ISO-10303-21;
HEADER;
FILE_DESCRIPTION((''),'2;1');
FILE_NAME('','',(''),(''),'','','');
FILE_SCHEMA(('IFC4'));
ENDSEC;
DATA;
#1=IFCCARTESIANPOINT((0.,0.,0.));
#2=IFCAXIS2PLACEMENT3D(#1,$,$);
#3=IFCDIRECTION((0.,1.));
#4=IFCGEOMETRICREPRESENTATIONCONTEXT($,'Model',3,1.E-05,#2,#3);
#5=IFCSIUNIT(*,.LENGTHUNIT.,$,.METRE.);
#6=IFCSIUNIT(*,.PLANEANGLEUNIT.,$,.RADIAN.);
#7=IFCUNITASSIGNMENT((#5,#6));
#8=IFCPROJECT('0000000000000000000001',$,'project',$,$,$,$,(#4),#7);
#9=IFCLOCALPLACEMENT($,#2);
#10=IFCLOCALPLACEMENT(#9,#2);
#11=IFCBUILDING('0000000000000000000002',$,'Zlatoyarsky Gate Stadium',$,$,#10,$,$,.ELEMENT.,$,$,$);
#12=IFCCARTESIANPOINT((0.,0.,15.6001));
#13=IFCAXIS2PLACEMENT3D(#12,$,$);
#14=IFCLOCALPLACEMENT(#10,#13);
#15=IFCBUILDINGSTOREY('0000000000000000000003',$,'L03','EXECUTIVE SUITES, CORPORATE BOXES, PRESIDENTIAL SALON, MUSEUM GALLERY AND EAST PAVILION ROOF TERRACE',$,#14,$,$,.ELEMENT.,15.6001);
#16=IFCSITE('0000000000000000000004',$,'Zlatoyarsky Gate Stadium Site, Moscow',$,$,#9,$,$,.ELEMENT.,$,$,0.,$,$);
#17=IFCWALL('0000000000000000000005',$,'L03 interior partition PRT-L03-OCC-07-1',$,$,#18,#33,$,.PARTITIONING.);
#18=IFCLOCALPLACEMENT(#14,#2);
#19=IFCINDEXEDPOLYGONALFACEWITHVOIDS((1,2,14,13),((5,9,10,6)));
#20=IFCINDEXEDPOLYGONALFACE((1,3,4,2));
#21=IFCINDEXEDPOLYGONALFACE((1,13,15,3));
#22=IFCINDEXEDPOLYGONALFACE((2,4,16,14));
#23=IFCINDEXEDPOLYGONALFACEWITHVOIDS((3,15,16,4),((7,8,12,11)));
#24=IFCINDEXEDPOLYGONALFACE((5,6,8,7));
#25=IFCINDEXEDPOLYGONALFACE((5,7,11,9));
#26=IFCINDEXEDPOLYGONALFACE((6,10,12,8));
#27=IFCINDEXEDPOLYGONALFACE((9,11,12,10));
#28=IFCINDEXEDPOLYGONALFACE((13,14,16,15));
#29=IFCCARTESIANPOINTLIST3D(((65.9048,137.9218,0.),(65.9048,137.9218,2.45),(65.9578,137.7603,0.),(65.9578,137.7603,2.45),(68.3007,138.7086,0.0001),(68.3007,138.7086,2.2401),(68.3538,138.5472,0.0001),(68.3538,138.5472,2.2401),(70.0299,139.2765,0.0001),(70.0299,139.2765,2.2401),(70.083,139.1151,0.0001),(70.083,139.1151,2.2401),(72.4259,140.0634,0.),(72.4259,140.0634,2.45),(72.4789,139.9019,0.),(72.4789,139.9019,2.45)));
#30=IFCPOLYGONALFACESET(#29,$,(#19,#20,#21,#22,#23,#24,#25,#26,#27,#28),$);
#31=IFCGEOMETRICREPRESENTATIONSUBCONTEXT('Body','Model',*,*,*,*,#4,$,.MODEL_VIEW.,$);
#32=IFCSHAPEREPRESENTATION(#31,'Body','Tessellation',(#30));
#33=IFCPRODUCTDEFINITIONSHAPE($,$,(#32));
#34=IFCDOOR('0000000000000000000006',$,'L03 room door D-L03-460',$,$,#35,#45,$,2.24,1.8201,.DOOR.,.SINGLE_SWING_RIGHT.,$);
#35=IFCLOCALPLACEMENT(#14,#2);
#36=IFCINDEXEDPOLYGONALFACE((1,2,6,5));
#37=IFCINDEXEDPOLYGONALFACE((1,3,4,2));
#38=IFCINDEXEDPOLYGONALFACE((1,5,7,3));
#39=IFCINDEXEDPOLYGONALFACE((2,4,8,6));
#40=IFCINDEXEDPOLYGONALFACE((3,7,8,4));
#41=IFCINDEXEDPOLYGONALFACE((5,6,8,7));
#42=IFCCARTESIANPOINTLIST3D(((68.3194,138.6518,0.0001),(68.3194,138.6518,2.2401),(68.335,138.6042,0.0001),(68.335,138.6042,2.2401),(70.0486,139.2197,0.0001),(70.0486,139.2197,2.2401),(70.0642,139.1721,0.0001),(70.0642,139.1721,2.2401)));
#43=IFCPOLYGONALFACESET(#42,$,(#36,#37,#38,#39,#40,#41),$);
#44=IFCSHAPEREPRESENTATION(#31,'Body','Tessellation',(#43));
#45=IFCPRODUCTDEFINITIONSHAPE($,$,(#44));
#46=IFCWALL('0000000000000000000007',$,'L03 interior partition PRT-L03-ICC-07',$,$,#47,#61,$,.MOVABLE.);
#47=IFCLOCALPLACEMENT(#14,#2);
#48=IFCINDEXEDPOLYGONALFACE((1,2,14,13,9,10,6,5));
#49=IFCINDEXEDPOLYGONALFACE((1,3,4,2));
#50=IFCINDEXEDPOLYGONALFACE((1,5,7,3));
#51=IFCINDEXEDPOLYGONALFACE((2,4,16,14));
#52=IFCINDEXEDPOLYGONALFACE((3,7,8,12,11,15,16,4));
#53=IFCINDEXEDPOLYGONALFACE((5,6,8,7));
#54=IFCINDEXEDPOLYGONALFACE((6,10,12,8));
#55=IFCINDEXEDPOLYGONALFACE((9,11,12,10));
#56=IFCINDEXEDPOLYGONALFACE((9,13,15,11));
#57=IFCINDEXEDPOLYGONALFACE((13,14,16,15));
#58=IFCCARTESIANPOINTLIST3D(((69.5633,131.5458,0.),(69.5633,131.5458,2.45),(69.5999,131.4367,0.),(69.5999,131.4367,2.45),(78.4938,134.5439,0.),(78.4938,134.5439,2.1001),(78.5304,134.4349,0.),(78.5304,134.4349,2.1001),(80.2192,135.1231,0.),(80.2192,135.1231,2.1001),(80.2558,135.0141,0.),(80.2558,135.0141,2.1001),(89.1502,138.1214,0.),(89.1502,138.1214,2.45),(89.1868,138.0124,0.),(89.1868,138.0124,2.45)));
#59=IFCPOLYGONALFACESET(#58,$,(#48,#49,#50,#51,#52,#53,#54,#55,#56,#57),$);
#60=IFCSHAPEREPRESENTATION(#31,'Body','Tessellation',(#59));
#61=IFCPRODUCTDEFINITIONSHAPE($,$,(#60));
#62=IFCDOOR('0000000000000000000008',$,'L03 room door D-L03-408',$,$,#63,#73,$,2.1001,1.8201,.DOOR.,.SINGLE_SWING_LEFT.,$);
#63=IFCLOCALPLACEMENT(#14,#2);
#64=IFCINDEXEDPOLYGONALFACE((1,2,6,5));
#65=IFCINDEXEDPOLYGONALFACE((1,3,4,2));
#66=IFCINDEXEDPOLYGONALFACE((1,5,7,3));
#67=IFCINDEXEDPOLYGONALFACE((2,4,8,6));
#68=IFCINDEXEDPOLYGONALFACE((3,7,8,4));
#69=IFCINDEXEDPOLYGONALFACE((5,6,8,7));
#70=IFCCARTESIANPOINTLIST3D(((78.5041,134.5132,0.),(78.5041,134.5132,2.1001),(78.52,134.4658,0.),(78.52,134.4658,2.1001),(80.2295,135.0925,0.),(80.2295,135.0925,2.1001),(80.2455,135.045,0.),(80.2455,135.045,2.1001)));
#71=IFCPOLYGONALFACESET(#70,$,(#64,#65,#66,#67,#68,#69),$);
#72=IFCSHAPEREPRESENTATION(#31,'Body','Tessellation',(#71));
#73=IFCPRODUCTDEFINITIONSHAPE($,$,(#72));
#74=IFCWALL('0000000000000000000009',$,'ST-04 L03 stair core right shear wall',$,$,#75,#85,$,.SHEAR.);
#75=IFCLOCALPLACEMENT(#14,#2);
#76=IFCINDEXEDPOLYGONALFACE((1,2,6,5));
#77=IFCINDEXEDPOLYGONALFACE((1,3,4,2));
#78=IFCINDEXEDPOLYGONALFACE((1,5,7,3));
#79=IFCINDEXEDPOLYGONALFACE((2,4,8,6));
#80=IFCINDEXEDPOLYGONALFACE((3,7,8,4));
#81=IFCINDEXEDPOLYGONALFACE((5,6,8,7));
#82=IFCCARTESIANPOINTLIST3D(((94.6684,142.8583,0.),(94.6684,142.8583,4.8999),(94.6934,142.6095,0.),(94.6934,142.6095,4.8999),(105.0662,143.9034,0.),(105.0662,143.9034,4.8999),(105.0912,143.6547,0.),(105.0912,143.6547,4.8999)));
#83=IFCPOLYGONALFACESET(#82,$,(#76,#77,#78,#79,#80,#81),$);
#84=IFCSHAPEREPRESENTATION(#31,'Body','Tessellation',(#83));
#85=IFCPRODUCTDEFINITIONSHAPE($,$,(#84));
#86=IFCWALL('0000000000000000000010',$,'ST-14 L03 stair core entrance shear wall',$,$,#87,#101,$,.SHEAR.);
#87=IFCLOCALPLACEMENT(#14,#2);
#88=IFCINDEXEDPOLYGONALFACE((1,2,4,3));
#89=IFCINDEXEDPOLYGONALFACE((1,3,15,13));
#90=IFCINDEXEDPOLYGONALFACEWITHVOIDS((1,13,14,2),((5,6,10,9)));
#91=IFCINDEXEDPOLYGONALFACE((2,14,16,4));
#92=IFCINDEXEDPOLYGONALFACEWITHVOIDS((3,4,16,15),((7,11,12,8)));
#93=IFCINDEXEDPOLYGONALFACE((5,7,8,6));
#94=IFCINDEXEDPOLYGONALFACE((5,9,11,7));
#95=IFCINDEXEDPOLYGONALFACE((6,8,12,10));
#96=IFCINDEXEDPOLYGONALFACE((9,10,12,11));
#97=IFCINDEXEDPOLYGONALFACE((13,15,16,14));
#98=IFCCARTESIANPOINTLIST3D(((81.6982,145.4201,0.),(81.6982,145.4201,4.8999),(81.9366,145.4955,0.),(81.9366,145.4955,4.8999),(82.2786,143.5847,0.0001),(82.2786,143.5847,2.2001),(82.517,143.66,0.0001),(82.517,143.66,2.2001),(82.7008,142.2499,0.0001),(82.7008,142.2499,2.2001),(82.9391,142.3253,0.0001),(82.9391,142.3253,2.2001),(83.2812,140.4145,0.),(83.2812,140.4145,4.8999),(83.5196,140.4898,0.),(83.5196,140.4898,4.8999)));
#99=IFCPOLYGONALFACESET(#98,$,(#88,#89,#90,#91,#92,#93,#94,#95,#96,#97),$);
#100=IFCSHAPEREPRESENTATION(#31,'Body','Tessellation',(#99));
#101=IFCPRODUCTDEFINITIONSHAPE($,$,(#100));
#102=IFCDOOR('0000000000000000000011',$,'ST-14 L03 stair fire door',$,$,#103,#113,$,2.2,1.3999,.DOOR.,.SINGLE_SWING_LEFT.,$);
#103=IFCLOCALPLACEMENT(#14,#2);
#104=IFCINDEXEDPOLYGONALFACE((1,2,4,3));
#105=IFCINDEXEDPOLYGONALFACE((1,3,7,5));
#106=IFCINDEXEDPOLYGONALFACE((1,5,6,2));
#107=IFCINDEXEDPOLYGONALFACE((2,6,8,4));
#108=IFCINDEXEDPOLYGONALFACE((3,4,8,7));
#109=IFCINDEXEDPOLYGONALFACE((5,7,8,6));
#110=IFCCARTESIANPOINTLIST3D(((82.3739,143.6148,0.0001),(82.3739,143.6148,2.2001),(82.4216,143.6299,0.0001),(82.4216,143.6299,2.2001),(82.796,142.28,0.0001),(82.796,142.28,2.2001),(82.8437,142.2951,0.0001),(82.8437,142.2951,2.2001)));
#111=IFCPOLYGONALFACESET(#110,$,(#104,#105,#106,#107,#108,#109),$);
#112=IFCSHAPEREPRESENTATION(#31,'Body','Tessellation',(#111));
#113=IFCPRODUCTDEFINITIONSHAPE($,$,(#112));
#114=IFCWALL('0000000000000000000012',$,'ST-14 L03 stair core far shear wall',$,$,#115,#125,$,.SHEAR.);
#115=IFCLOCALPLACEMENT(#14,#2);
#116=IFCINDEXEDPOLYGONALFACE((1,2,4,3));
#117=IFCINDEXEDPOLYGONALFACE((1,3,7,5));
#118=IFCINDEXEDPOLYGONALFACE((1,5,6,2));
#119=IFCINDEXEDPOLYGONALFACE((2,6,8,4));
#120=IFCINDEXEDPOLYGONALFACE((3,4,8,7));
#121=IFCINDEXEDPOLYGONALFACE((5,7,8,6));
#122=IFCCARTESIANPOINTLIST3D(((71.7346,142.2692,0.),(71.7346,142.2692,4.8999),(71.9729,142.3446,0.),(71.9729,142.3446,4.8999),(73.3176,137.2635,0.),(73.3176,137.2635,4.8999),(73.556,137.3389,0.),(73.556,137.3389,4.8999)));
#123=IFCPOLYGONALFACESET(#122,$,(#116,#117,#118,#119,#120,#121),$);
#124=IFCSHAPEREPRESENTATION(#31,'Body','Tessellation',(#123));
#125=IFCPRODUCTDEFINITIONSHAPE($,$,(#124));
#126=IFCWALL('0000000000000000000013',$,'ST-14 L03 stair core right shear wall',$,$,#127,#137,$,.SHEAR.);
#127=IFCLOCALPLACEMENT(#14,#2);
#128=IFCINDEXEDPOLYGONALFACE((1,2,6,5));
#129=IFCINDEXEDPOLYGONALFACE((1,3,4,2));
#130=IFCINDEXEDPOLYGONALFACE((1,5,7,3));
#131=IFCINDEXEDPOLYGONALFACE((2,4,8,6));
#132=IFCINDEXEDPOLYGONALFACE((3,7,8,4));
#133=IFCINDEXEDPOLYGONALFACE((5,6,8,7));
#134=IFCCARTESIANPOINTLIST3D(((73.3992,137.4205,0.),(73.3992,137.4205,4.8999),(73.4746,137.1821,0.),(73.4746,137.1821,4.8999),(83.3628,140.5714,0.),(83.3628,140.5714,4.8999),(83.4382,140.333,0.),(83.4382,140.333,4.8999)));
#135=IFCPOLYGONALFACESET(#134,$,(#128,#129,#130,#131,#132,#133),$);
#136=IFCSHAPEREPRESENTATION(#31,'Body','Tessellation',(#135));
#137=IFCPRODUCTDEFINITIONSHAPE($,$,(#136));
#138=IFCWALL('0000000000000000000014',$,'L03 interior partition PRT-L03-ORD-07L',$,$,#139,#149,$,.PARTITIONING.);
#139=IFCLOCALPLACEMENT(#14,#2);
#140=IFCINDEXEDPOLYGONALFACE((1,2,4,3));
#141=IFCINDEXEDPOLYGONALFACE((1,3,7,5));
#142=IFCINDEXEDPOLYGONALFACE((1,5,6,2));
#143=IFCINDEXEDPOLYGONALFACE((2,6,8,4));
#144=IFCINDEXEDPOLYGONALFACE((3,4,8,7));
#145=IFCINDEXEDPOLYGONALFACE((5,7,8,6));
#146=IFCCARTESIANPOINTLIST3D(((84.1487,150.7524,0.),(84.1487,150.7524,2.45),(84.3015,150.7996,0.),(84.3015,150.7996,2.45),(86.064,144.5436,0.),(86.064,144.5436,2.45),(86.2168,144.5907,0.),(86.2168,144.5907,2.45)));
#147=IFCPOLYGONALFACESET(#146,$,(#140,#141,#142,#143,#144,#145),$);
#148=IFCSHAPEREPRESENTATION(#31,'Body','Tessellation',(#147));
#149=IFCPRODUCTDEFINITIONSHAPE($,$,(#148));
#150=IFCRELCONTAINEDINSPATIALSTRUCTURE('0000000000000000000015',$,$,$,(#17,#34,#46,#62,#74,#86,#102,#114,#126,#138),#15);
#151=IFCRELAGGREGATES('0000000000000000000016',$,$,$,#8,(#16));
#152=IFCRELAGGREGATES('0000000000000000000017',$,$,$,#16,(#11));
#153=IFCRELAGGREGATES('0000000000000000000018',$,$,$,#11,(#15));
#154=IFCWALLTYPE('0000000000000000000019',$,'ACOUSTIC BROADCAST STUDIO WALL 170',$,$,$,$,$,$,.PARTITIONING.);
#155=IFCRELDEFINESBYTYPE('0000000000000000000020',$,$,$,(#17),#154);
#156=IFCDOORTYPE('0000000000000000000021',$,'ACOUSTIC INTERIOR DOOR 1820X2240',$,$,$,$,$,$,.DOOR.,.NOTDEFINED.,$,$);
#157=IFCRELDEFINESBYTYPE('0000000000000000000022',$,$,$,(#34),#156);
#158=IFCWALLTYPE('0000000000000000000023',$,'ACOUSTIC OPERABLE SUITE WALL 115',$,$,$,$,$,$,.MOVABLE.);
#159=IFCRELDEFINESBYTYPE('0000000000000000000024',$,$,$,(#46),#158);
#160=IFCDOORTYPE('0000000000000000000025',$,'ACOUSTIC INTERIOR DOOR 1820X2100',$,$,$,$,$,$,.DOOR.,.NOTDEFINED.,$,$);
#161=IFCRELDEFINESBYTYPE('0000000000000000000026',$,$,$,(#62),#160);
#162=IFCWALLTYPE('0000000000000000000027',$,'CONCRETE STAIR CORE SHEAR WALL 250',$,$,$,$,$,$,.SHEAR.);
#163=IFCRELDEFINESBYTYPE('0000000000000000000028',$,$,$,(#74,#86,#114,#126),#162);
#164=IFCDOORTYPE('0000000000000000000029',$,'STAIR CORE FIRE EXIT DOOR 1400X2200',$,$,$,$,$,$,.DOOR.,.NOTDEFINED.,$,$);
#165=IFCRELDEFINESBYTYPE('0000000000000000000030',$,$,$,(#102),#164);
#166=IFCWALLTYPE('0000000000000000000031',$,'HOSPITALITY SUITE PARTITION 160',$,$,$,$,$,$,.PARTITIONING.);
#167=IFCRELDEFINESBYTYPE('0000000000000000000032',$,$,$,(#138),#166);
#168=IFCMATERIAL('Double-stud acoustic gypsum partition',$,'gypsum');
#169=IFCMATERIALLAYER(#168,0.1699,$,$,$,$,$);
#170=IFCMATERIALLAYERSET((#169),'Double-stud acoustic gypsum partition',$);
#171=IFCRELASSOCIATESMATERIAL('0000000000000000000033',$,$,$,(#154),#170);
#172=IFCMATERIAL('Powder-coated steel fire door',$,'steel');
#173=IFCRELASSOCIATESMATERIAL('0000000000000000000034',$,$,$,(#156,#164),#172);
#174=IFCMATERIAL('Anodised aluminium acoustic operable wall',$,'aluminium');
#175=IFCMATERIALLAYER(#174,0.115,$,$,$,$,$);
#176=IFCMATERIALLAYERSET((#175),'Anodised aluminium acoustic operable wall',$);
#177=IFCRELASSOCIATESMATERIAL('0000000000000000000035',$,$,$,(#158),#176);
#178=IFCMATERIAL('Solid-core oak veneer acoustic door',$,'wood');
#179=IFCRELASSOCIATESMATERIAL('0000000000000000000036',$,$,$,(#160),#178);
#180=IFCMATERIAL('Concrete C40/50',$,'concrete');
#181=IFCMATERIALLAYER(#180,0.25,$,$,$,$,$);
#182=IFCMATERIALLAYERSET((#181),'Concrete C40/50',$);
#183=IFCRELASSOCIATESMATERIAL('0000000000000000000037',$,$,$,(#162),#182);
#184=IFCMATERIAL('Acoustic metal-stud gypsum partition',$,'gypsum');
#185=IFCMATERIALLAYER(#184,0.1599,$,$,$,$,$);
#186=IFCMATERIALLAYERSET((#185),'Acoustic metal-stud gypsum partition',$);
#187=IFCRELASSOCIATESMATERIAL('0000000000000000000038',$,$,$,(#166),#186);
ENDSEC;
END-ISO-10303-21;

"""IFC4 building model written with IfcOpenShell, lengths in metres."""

from ifc_helpers import new_model, si_unit, direction, frame, frame_2d, origin, place, context, subcontext, project, spatial, rectangle, extrude, material, layer, layer_set, type_object, element, fill, save


model = new_model("IFC4")

# Units and contexts
model_context = context("Model", 3, precision=1e-05, world=origin(), true_north=direction((0.0, 1.0)))
body_context = subcontext(model_context, "Body", "Model", "MODEL_VIEW")
ifc_project = project(units=[si_unit("LENGTHUNIT", "METRE"), si_unit("PLANEANGLEUNIT", "RADIAN")], contexts=[model_context])

# Site, building, storey
site_placement = place(None, origin())
site = spatial("IfcSite", under=ifc_project, at=site_placement, Name="Zlatoyarsky Gate Stadium Site, Moscow", CompositionType="ELEMENT", RefElevation=0.0)
building_placement = place(site_placement, origin())
building = spatial("IfcBuilding", under=site, at=building_placement, Name="Zlatoyarsky Gate Stadium", CompositionType="ELEMENT")
storey_placement = place(building_placement, frame((0.0, 0.0, 15.6001)))
storey = spatial("IfcBuildingStorey", under=building, at=storey_placement, Name="L03", Description="EXECUTIVE SUITES, CORPORATE BOXES, PRESIDENTIAL SALON, MUSEUM GALLERY AND EAST PAVILION ROOF TERRACE", CompositionType="ELEMENT", Elevation=15.6001)

# Walls, openings, doors
ifc_material_1 = material(Name="Double-stud acoustic gypsum partition", Category="gypsum")
ifc_layer_1 = layer(ifc_material_1, 0.1699)
ifc_layer_set_1 = layer_set([ifc_layer_1], Name="Double-stud acoustic gypsum partition")
wall_type_1 = type_object("IfcWallType", Name="ACOUSTIC BROADCAST STUDIO WALL 170", PredefinedType="PARTITIONING", material=ifc_layer_set_1)
wall_1_placement = place(storey_placement, frame((72.4524, 139.9827, 0.0), z_axis=(0.0, 0.0, 1.0), x_axis=(-0.950075, -0.31202, 0.0)))
wall_1 = element("IfcWall", 1, at=wall_1_placement, inside=storey, type_object=wall_type_1, Name="L03 interior partition PRT-L03-OCC-07-1", PredefinedType="PARTITIONING", context=body_context, shape_type="SweptSolid", body=[
    extrude(rectangle(XDim=6.8638, YDim=0.1699, at=frame_2d((3.4319, 0.0))), origin(), (0.0, 0.0, 1.0), 2.45),
])
opening_1_placement = place(wall_1_placement, frame((2.5217, 0.0, 0.0)))
opening_1 = element("IfcOpeningElement", 2, at=opening_1_placement, cuts=wall_1, PredefinedType="OPENING", context=body_context, shape_type="SweptSolid", body=[
    extrude(rectangle(XDim=1.8201, YDim=2.24, at=frame_2d((0.9102, 1.1201))), frame((0.0, 0.095, 0.0), z_axis=(0.0, -1.0, 0.0), x_axis=(1.0, 0.0, 0.0)), (0.0, 0.0, 1.0), 0.1899),
])
ifc_material_2 = material(Name="Powder-coated steel fire door", Category="steel")
door_type_1 = type_object("IfcDoorType", Name="ACOUSTIC INTERIOR DOOR 1820X2240", OperationType="NOTDEFINED", PredefinedType="DOOR", material=ifc_material_2)
door_1_placement = place(opening_1_placement, origin())
door_1 = element("IfcDoor", 3, at=door_1_placement, inside=storey, type_object=door_type_1, Name="L03 room door D-L03-460", OperationType="SINGLE_SWING_RIGHT", OverallHeight=2.24, OverallWidth=1.8201, PredefinedType="DOOR", context=body_context, shape_type="SweptSolid", body=[
    extrude(rectangle(XDim=1.8201, YDim=2.24, at=frame_2d((0.9102, 1.1201))), frame((0.0, 0.0249, 0.0), z_axis=(0.0, -1.0, 0.0), x_axis=(1.0, 0.0, 0.0)), (0.0, 0.0, 1.0), 0.05),
])
fill(opening_1, door_1)
ifc_material_3 = material(Name="Anodised aluminium acoustic operable wall", Category="aluminium")
ifc_layer_2 = layer(ifc_material_3, 0.115)
ifc_layer_set_2 = layer_set([ifc_layer_2], Name="Anodised aluminium acoustic operable wall")
wall_type_2 = type_object("IfcWallType", Name="ACOUSTIC OPERABLE SUITE WALL 115", PredefinedType="MOVABLE", material=ifc_layer_set_2)
wall_2_placement = place(storey_placement, frame((89.1685, 138.0669, 0.0), z_axis=(0.0, 0.0, 1.0), x_axis=(-0.948003, -0.318262, 0.0)))
wall_2 = element("IfcWall", 4, at=wall_2_placement, inside=storey, type_object=wall_type_2, Name="L03 interior partition PRT-L03-ICC-07", PredefinedType="MOVABLE", context=body_context, shape_type="SweptSolid", body=[
    extrude(rectangle(XDim=20.6611, YDim=0.115, at=frame_2d((10.3306, 0.0))), origin(), (0.0, 0.0, 1.0), 2.45),
])
opening_2_placement = place(wall_2_placement, frame((9.4207, 0.0, 0.0)))
opening_2 = element("IfcOpeningElement", 5, at=opening_2_placement, cuts=wall_2, PredefinedType="OPENING", context=body_context, shape_type="SweptSolid", body=[
    extrude(rectangle(XDim=1.8201, YDim=2.1001, at=frame_2d((0.9102, 1.05))), frame((0.0, 0.0674, 0.0), z_axis=(0.0, -1.0, 0.0), x_axis=(1.0, 0.0, 0.0)), (0.0, 0.0, 1.0), 0.135),
])
ifc_material_4 = material(Name="Solid-core oak veneer acoustic door", Category="wood")
door_type_2 = type_object("IfcDoorType", Name="ACOUSTIC INTERIOR DOOR 1820X2100", OperationType="NOTDEFINED", PredefinedType="DOOR", material=ifc_material_4)
door_2_placement = place(opening_2_placement, origin())
door_2 = element("IfcDoor", 6, at=door_2_placement, inside=storey, type_object=door_type_2, Name="L03 room door D-L03-408", OperationType="SINGLE_SWING_LEFT", OverallHeight=2.1001, OverallWidth=1.8201, PredefinedType="DOOR", context=body_context, shape_type="SweptSolid", body=[
    extrude(rectangle(XDim=1.8201, YDim=2.1001, at=frame_2d((0.9102, 1.05))), frame((0.0, 0.0249, 0.0), z_axis=(0.0, -1.0, 0.0), x_axis=(1.0, 0.0, 0.0)), (0.0, 0.0, 1.0), 0.05),
])
fill(opening_2, door_2)

# Wall
ifc_material_5 = material(Name="Concrete C40/50", Category="concrete")
ifc_layer_3 = layer(ifc_material_5, 0.25)
ifc_layer_set_3 = layer_set([ifc_layer_3], Name="Concrete C40/50")
wall_type_3 = type_object("IfcWallType", Name="CONCRETE STAIR CORE SHEAR WALL 250", PredefinedType="SHEAR", material=ifc_layer_set_3)
wall_3_placement = place(storey_placement, frame((94.6809, 142.7339, 0.0), z_axis=(0.0, 0.0, 1.0), x_axis=(0.994986, 0.100015, 0.0)))
element("IfcWall", 7, at=wall_3_placement, inside=storey, type_object=wall_type_3, Name="ST-04 L03 stair core right shear wall", PredefinedType="SHEAR", context=body_context, shape_type="SweptSolid", body=[
    extrude(rectangle(XDim=10.4502, YDim=0.25, at=frame_2d((5.2251, 0.0))), origin(), (0.0, 0.0, 1.0), 4.8999),
])

# Wall, opening, door
wall_4_placement = place(storey_placement, frame((83.4004, 140.4521, 0.0), z_axis=(0.0, 0.0, 1.0), x_axis=(-0.301527, 0.953457, 0.0)))
wall_4 = element("IfcWall", 8, at=wall_4_placement, inside=storey, type_object=wall_type_3, Name="ST-14 L03 stair core entrance shear wall", PredefinedType="SHEAR", context=body_context, shape_type="SweptSolid", body=[
    extrude(rectangle(XDim=5.25, YDim=0.25, at=frame_2d((2.625, 0.0))), origin(), (0.0, 0.0, 1.0), 4.8999),
])
opening_3_placement = place(wall_4_placement, frame((1.925, 0.0, 0.0)))
opening_3 = element("IfcOpeningElement", 9, at=opening_3_placement, cuts=wall_4, PredefinedType="OPENING", context=body_context, shape_type="SweptSolid", body=[
    extrude(rectangle(XDim=1.3999, YDim=2.2, at=frame_2d((0.7, 1.1001))), frame((0.0, 0.135, 0.0), z_axis=(0.0, -1.0, 0.0), x_axis=(1.0, 0.0, 0.0)), (0.0, 0.0, 1.0), 0.27),
])
door_type_3 = type_object("IfcDoorType", Name="STAIR CORE FIRE EXIT DOOR 1400X2200", OperationType="NOTDEFINED", PredefinedType="DOOR", material=ifc_material_2)
door_3_placement = place(opening_3_placement, frame((1.3999, 0.0, 0.0), z_axis=(0.0, 0.0, 1.0), x_axis=(-1.0, 0.0, 0.0)))
door_3 = element("IfcDoor", 10, at=door_3_placement, inside=storey, type_object=door_type_3, Name="ST-14 L03 stair fire door", OperationType="SINGLE_SWING_LEFT", OverallHeight=2.2, OverallWidth=1.3999, PredefinedType="DOOR", context=body_context, shape_type="SweptSolid", body=[
    extrude(rectangle(XDim=1.3999, YDim=2.2, at=frame_2d((0.7, 1.1001))), frame((0.0, 0.0249, 0.0), z_axis=(0.0, -1.0, 0.0), x_axis=(1.0, 0.0, 0.0)), (0.0, 0.0, 1.0), 0.05),
])
fill(opening_3, door_3)

# Walls
wall_5_placement = place(storey_placement, frame((71.8538, 142.3069, 0.0), z_axis=(0.0, 0.0, 1.0), x_axis=(0.301527, -0.953457, 0.0)))
element("IfcWall", 11, at=wall_5_placement, inside=storey, type_object=wall_type_3, Name="ST-14 L03 stair core far shear wall", PredefinedType="SHEAR", context=body_context, shape_type="SweptSolid", body=[
    extrude(rectangle(XDim=5.25, YDim=0.25, at=frame_2d((2.625, 0.0))), origin(), (0.0, 0.0, 1.0), 4.8999),
])
wall_6_placement = place(storey_placement, frame((73.4368, 137.3013, 0.0), z_axis=(0.0, 0.0, 1.0), x_axis=(0.95346, 0.30152, 0.0)))
element("IfcWall", 12, at=wall_6_placement, inside=storey, type_object=wall_type_3, Name="ST-14 L03 stair core right shear wall", PredefinedType="SHEAR", context=body_context, shape_type="SweptSolid", body=[
    extrude(rectangle(XDim=10.45, YDim=0.25, at=frame_2d((5.2251, 0.0))), origin(), (0.0, 0.0, 1.0), 4.8999),
])
ifc_material_6 = material(Name="Acoustic metal-stud gypsum partition", Category="gypsum")
ifc_layer_4 = layer(ifc_material_6, 0.1599)
ifc_layer_set_4 = layer_set([ifc_layer_4], Name="Acoustic metal-stud gypsum partition")
wall_type_4 = type_object("IfcWallType", Name="HOSPITALITY SUITE PARTITION 160", PredefinedType="PARTITIONING", material=ifc_layer_set_4)
wall_7_placement = place(storey_placement, frame((86.1404, 144.5671, 0.0), z_axis=(0.0, 0.0, 1.0), x_axis=(-0.294775, 0.955567, 0.0)))
element("IfcWall", 13, at=wall_7_placement, inside=storey, type_object=wall_type_4, Name="L03 interior partition PRT-L03-ORD-07L", PredefinedType="PARTITIONING", context=body_context, shape_type="SweptSolid", body=[
    extrude(rectangle(XDim=6.4976, YDim=0.1599, at=frame_2d((3.2488, 0.0))), origin(), (0.0, 0.0, 1.0), 2.45),
])

save(model, "model.ifc")
